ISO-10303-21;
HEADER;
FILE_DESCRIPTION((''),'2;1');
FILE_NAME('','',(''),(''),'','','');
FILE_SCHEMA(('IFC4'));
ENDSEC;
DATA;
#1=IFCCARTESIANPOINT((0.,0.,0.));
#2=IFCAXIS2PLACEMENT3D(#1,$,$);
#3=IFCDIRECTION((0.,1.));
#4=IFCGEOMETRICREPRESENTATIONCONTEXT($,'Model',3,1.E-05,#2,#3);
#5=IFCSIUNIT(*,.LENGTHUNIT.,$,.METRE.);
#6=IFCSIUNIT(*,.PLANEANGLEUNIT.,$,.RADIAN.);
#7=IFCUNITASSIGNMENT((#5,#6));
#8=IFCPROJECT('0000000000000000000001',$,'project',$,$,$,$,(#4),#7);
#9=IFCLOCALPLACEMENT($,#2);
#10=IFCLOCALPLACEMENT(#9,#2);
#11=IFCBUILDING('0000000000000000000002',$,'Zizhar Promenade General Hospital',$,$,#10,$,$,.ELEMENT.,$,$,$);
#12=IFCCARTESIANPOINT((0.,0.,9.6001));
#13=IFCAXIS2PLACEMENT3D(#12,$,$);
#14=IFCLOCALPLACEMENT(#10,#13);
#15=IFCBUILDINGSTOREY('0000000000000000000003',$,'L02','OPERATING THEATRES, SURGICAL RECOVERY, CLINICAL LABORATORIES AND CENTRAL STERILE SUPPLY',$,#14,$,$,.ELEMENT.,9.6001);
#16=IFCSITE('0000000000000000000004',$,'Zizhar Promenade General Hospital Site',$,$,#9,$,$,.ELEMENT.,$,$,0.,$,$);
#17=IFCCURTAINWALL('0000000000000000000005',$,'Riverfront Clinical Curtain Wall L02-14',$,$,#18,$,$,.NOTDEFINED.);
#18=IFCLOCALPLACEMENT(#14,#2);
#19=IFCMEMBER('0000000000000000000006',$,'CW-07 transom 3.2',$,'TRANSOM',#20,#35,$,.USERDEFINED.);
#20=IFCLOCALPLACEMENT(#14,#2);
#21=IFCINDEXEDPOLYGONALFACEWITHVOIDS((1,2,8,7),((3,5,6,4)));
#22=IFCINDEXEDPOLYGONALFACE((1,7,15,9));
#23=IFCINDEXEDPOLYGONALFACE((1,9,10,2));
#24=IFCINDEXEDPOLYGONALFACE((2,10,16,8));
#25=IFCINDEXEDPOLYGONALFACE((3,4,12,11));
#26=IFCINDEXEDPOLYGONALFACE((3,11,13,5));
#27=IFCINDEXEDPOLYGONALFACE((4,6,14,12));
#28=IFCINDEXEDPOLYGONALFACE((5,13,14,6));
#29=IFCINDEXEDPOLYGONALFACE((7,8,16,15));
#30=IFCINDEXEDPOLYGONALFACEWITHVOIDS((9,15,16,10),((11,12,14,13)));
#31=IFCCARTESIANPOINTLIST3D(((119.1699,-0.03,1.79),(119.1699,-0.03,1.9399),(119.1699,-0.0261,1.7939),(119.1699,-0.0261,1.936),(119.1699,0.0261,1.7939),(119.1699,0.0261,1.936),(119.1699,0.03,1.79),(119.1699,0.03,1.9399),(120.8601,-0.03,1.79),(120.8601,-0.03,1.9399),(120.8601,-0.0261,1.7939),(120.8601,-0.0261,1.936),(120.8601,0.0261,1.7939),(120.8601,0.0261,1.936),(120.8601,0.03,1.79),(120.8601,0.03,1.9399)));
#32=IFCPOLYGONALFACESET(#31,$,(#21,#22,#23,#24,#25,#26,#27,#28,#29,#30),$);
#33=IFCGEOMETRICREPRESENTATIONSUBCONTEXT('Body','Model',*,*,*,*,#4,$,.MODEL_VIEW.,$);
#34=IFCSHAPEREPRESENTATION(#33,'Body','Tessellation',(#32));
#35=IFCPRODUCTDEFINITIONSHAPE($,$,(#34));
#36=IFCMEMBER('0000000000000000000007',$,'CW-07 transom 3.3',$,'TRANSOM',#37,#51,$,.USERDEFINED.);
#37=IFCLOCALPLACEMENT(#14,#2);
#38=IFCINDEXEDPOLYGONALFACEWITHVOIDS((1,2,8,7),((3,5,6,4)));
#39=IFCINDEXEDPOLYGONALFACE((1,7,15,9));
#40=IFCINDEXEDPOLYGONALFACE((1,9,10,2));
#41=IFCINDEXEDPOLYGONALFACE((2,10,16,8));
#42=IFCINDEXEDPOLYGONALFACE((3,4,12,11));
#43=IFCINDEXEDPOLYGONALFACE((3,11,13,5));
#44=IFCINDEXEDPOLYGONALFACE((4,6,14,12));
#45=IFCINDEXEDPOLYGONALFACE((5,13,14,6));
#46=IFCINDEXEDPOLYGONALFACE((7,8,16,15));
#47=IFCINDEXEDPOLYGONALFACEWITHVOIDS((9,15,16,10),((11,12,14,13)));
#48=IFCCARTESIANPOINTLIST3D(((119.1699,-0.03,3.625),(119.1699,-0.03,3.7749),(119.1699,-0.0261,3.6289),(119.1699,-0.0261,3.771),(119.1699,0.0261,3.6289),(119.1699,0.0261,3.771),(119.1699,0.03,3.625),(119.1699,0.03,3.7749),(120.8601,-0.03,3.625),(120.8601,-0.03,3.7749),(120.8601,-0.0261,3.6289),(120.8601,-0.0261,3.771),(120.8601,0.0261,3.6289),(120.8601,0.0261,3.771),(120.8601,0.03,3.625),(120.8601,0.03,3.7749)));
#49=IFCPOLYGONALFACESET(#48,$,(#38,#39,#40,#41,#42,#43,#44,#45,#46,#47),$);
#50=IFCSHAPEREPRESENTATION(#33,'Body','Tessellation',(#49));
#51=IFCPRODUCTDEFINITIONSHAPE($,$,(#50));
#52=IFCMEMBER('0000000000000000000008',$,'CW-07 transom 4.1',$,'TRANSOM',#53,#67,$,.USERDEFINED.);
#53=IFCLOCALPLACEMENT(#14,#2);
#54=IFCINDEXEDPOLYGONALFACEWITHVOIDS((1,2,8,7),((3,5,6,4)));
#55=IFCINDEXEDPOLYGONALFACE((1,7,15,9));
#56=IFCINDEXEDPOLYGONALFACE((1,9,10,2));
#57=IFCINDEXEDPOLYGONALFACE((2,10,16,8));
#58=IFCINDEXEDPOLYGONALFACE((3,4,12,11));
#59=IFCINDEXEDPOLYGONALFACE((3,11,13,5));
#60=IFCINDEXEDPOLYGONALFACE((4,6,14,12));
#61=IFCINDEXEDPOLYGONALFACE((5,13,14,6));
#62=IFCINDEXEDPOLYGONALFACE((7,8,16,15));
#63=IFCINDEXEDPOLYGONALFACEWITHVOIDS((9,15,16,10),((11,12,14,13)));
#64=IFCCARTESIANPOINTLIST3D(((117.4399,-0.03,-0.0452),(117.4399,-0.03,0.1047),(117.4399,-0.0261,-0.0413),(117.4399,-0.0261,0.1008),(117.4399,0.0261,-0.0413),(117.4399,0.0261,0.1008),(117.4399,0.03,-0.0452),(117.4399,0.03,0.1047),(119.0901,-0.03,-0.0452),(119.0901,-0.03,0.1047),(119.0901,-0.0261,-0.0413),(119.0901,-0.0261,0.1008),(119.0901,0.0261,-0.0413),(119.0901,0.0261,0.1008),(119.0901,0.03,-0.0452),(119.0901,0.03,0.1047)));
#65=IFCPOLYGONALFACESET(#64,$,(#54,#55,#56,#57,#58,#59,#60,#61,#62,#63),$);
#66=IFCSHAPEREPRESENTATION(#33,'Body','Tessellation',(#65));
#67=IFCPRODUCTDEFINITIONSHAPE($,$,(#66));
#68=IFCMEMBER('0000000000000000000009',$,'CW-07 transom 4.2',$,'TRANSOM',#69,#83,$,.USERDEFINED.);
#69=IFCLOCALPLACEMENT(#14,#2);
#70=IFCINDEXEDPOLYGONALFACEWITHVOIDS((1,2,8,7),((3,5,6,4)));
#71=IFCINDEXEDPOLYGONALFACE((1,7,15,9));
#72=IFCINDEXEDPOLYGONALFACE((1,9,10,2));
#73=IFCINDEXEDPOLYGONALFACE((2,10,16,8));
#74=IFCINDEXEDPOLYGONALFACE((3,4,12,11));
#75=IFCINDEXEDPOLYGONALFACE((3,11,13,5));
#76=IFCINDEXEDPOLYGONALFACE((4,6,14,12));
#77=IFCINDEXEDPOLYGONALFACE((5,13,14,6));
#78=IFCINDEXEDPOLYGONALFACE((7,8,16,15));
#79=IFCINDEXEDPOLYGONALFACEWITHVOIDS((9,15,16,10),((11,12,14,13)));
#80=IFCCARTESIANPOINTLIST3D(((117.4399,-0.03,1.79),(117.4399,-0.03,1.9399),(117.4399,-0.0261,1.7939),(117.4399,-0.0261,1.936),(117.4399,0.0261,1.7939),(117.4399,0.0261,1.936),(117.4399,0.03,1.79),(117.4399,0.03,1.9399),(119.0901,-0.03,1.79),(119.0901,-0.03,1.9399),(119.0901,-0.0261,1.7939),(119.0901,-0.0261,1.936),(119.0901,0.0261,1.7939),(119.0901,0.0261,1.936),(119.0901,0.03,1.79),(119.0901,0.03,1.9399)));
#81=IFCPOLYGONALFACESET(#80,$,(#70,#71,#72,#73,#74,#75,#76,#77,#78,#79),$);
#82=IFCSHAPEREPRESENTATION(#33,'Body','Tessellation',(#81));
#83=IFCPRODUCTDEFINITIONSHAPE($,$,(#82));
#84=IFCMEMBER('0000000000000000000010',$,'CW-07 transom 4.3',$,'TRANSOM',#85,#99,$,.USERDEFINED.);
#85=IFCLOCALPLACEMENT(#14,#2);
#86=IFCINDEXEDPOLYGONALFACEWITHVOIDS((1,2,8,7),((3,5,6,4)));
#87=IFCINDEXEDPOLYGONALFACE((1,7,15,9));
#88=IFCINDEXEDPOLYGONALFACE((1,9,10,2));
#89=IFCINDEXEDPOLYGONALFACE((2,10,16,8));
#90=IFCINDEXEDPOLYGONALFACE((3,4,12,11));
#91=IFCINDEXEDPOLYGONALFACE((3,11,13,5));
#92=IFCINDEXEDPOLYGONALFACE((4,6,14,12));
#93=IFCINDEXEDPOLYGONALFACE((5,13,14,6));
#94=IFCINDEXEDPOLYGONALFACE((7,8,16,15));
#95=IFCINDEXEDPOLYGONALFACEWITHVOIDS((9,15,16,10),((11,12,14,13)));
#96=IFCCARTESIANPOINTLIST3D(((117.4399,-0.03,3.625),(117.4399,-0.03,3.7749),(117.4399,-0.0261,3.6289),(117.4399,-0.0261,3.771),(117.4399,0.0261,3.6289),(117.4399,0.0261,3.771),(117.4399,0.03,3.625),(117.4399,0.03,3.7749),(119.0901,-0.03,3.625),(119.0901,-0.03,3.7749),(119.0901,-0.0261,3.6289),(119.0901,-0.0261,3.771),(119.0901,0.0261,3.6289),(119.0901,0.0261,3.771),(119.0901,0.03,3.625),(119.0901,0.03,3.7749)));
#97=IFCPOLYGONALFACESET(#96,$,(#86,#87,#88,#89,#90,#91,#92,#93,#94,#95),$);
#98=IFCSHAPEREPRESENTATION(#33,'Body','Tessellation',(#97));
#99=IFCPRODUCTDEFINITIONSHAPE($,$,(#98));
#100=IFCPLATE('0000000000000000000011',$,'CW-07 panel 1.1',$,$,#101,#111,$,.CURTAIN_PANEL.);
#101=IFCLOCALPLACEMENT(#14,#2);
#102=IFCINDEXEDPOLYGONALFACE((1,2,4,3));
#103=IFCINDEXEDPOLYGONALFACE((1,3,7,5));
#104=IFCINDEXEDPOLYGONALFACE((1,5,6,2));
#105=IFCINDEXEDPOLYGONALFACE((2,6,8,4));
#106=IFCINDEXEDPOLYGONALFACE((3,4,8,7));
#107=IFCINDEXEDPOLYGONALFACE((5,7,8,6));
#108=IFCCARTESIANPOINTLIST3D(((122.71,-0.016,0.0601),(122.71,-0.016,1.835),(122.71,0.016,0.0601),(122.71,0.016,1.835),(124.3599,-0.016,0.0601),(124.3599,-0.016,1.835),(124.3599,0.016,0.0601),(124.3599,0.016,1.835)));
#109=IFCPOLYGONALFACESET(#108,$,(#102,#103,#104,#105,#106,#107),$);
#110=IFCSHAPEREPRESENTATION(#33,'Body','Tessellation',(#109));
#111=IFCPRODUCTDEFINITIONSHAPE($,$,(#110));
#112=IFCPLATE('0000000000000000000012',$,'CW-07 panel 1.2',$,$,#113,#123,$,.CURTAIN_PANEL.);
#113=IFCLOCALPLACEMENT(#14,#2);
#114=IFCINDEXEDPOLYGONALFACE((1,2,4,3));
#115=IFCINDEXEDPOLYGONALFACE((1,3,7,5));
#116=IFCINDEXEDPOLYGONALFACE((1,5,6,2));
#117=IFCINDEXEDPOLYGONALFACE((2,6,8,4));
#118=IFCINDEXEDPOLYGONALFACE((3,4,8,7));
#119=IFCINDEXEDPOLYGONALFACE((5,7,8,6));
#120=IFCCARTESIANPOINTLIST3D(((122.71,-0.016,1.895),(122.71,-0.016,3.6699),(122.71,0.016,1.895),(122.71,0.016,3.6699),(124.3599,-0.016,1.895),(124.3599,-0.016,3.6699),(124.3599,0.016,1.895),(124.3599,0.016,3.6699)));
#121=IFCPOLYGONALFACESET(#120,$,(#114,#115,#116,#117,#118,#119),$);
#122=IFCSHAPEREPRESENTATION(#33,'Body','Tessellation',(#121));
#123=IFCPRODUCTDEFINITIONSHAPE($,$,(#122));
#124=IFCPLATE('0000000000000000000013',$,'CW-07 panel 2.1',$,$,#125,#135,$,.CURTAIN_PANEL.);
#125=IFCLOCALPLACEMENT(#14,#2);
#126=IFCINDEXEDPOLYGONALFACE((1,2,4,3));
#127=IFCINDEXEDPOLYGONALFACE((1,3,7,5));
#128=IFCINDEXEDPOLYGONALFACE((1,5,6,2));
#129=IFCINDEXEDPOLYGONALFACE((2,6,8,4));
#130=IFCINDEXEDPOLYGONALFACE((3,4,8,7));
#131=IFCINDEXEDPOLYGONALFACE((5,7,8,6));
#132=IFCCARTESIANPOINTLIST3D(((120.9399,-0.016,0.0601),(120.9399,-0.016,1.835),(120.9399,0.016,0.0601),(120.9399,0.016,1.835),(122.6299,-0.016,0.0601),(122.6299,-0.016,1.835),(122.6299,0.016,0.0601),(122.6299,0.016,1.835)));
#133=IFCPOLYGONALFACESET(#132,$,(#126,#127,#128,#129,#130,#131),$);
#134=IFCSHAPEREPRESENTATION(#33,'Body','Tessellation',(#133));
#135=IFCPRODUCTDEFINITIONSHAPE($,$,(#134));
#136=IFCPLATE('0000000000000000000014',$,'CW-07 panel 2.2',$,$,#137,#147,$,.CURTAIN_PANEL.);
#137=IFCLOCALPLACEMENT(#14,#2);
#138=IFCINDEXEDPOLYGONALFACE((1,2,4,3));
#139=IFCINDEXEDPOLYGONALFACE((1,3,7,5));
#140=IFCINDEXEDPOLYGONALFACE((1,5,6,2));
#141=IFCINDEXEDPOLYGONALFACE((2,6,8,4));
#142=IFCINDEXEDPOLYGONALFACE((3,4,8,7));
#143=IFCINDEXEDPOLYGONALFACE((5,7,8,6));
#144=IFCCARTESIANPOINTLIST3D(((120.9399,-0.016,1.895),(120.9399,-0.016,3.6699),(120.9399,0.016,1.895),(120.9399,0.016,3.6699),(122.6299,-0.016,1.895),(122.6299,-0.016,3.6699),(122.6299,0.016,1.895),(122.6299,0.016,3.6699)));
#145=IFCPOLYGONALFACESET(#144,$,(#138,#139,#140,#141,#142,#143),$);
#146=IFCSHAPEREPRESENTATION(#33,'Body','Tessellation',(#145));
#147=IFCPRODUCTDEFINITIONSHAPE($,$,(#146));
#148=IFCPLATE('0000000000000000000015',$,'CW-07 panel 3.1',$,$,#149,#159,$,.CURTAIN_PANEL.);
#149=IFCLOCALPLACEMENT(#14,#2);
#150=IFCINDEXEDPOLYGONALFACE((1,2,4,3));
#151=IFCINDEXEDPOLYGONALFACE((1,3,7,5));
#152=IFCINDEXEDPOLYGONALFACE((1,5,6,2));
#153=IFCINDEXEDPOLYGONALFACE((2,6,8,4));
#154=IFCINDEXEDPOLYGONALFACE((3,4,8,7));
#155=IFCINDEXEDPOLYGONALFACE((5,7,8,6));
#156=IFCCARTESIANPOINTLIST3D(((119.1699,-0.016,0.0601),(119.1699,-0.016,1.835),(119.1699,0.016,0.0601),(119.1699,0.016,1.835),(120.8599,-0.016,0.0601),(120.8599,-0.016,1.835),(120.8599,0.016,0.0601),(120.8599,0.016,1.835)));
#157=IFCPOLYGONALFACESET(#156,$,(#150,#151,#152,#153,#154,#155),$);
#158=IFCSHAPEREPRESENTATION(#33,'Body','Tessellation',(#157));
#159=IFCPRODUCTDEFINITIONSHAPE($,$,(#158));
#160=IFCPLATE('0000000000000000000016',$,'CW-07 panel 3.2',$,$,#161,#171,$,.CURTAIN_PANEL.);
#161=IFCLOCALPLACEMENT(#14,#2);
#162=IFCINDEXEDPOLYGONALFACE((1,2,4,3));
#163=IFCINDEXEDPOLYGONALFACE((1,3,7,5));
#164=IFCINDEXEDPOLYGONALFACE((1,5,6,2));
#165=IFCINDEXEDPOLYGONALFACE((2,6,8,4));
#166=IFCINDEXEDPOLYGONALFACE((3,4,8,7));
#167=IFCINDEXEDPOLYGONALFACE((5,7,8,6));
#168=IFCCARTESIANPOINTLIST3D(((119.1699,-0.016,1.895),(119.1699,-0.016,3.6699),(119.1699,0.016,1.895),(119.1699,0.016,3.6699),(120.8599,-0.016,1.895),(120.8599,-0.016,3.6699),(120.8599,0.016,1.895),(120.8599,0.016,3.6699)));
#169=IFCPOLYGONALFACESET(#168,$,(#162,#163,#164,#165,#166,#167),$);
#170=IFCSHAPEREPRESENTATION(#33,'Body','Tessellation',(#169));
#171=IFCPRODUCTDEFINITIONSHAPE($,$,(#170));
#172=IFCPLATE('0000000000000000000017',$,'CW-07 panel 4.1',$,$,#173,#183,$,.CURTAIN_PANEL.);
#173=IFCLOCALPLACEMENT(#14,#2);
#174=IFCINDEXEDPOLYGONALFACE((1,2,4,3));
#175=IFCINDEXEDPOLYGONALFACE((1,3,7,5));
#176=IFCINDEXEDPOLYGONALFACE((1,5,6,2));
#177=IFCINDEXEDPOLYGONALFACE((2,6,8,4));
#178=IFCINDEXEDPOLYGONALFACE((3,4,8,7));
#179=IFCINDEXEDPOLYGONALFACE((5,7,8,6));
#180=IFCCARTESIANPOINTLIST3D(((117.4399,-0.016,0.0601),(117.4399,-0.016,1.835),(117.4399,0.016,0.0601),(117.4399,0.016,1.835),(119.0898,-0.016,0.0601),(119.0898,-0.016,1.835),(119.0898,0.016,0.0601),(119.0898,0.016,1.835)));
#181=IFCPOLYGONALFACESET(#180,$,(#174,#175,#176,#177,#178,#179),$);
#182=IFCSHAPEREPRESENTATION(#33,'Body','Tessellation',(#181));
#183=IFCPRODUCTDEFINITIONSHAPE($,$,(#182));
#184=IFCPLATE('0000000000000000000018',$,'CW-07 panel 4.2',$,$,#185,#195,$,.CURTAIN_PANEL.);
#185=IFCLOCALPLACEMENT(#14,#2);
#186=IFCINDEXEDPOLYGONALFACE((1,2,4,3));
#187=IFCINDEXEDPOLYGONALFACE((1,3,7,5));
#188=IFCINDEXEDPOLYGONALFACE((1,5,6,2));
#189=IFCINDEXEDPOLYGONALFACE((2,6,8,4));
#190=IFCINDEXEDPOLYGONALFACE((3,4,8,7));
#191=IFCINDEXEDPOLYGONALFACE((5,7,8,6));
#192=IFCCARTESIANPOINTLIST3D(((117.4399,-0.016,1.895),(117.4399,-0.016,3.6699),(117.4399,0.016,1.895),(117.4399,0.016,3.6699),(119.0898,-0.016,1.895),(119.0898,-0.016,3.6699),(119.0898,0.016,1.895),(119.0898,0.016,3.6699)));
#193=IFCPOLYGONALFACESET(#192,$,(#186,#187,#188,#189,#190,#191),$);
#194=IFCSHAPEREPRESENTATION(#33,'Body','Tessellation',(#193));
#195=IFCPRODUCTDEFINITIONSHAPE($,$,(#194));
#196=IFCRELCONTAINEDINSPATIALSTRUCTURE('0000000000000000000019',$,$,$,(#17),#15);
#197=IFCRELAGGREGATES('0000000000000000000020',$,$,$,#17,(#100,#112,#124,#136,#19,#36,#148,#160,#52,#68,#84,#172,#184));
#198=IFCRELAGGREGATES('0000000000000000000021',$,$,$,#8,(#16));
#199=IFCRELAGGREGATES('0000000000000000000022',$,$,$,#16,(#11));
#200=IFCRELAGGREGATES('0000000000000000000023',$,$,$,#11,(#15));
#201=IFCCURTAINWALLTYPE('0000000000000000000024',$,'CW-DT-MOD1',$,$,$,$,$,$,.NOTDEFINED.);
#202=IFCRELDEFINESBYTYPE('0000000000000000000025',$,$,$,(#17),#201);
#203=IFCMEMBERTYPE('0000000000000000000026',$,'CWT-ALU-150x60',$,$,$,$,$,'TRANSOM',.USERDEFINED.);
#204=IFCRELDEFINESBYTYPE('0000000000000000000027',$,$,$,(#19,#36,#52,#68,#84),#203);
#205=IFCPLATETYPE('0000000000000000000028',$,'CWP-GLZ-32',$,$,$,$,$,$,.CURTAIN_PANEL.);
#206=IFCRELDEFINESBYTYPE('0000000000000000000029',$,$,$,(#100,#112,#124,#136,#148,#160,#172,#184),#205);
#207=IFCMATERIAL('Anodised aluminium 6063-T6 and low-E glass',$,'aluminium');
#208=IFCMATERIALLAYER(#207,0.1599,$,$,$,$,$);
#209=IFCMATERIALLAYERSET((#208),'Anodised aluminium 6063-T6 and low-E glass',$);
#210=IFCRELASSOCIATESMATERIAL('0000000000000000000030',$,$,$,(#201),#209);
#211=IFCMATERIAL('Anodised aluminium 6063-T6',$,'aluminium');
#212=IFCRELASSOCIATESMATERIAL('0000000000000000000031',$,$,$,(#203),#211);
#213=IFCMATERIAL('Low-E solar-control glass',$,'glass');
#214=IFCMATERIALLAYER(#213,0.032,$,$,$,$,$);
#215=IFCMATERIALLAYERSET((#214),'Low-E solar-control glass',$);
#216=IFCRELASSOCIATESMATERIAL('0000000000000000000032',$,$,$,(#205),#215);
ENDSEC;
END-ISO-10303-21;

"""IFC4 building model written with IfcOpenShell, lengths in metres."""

from ifc_helpers import new_model, si_unit, direction, frame, origin, origin_2d, place, context, subcontext, project, spatial, rectangle, hollow_rectangle, extrude, material, layer, layer_set, material_profile, profile_set, type_object, element, aggregate, save


model = new_model("IFC4")

# Units and contexts
model_context = context("Model", 3, precision=1e-05, world=origin(), true_north=direction((0.0, 1.0)))
body_context = subcontext(model_context, "Body", "Model", "MODEL_VIEW")
ifc_project = project(units=[si_unit("LENGTHUNIT", "METRE"), si_unit("PLANEANGLEUNIT", "RADIAN")], contexts=[model_context])

# Site, building, storey
site_placement = place(None, origin())
site = spatial("IfcSite", under=ifc_project, at=site_placement, Name="Zizhar Promenade General Hospital Site", CompositionType="ELEMENT", RefElevation=0.0)
building_placement = place(site_placement, origin())
building = spatial("IfcBuilding", under=site, at=building_placement, Name="Zizhar Promenade General Hospital", CompositionType="ELEMENT")
storey_placement = place(building_placement, frame((0.0, 0.0, 9.6001)))
storey = spatial("IfcBuildingStorey", under=building, at=storey_placement, Name="L02", Description="OPERATING THEATRES, SURGICAL RECOVERY, CLINICAL LABORATORIES AND CENTRAL STERILE SUPPLY", CompositionType="ELEMENT", Elevation=9.6001)

# Curtain wall, members, plates
ifc_material_1 = material(Name="Anodised aluminium 6063-T6 and low-E glass", Category="aluminium")
ifc_layer_1 = layer(ifc_material_1, 0.1599)
ifc_layer_set_1 = layer_set([ifc_layer_1], Name="Anodised aluminium 6063-T6 and low-E glass")
curtain_wall_type = type_object("IfcCurtainWallType", Name="CW-DT-MOD1", PredefinedType="NOTDEFINED", material=ifc_layer_set_1)
curtain_wall_placement = place(storey_placement, origin())
curtain_wall = element("IfcCurtainWall", 1, at=curtain_wall_placement, inside=storey, type_object=curtain_wall_type, Name="Riverfront Clinical Curtain Wall L02-14", PredefinedType="NOTDEFINED")
ifc_material_2 = material(Name="Anodised aluminium 6063-T6", Category="aluminium")
ifc_material_profile_1 = material_profile(ifc_material_2, hollow_rectangle(XDim=0.0601, YDim=0.1499, WallThickness=0.0039, at=origin_2d()))
ifc_profile_set_1 = profile_set([ifc_material_profile_1], Name="Anodised aluminium 6063-T6")
member_type_1 = type_object("IfcMemberType", Name="CWT-ALU-150x60", ElementType="TRANSOM", PredefinedType="USERDEFINED", material=ifc_profile_set_1)
member_1_placement = place(storey_placement, frame((120.8601, 0.0, 1.865), z_axis=(-1.0, 0.0, 0.0), x_axis=(0.0, -1.0, 0.0)))
member_1 = element("IfcMember", 2, at=member_1_placement, type_object=member_type_1, Name="CW-07 transom 3.2", ObjectType="TRANSOM", PredefinedType="USERDEFINED", context=body_context, shape_type="SweptSolid", body=[
    extrude(hollow_rectangle(XDim=0.0601, YDim=0.1499, WallThickness=0.0039, at=origin_2d()), origin(), (0.0, 0.0, 1.0), 1.6902),
])
member_2_placement = place(storey_placement, frame((120.8601, 0.0, 3.7), z_axis=(-1.0, 0.0, 0.0), x_axis=(0.0, -1.0, 0.0)))
member_2 = element("IfcMember", 3, at=member_2_placement, type_object=member_type_1, Name="CW-07 transom 3.3", ObjectType="TRANSOM", PredefinedType="USERDEFINED", context=body_context, shape_type="SweptSolid", body=[
    extrude(hollow_rectangle(XDim=0.0601, YDim=0.1499, WallThickness=0.0039, at=origin_2d()), origin(), (0.0, 0.0, 1.0), 1.6902),
])
member_3_placement = place(storey_placement, frame((119.0901, 0.0, 0.0298), z_axis=(-1.0, 0.0, 0.0), x_axis=(0.0, -1.0, 0.0)))
member_3 = element("IfcMember", 4, at=member_3_placement, type_object=member_type_1, Name="CW-07 transom 4.1", ObjectType="TRANSOM", PredefinedType="USERDEFINED", context=body_context, shape_type="SweptSolid", body=[
    extrude(hollow_rectangle(XDim=0.0601, YDim=0.1499, WallThickness=0.0039, at=origin_2d()), origin(), (0.0, 0.0, 1.0), 1.6501),
])
member_4_placement = place(storey_placement, frame((119.0901, 0.0, 1.865), z_axis=(-1.0, 0.0, 0.0), x_axis=(0.0, -1.0, 0.0)))
member_4 = element("IfcMember", 5, at=member_4_placement, type_object=member_type_1, Name="CW-07 transom 4.2", ObjectType="TRANSOM", PredefinedType="USERDEFINED", context=body_context, shape_type="SweptSolid", body=[
    extrude(hollow_rectangle(XDim=0.0601, YDim=0.1499, WallThickness=0.0039, at=origin_2d()), origin(), (0.0, 0.0, 1.0), 1.6501),
])
member_5_placement = place(storey_placement, frame((119.0901, 0.0, 3.7), z_axis=(-1.0, 0.0, 0.0), x_axis=(0.0, -1.0, 0.0)))
member_5 = element("IfcMember", 6, at=member_5_placement, type_object=member_type_1, Name="CW-07 transom 4.3", ObjectType="TRANSOM", PredefinedType="USERDEFINED", context=body_context, shape_type="SweptSolid", body=[
    extrude(hollow_rectangle(XDim=0.0601, YDim=0.1499, WallThickness=0.0039, at=origin_2d()), origin(), (0.0, 0.0, 1.0), 1.6501),
])
ifc_material_3 = material(Name="Low-E solar-control glass", Category="glass")
ifc_layer_2 = layer(ifc_material_3, 0.032)
ifc_layer_set_2 = layer_set([ifc_layer_2], Name="Low-E solar-control glass")
plate_type = type_object("IfcPlateType", Name="CWP-GLZ-32", PredefinedType="CURTAIN_PANEL", material=ifc_layer_set_2)
plate_1_placement = place(storey_placement, frame((123.5349, 0.0, 0.0601), z_axis=(0.0, 0.0, 1.0), x_axis=(-1.0, 0.0, 0.0)))
plate_1 = element("IfcPlate", 7, at=plate_1_placement, type_object=plate_type, Name="CW-07 panel 1.1", PredefinedType="CURTAIN_PANEL", context=body_context, shape_type="SweptSolid", body=[
    extrude(rectangle(XDim=1.6499, YDim=0.032, at=origin_2d()), origin(), (0.0, 0.0, 1.0), 1.7749),
])
plate_2_placement = place(storey_placement, frame((123.5349, 0.0, 1.895), z_axis=(0.0, 0.0, 1.0), x_axis=(-1.0, 0.0, 0.0)))
plate_2 = element("IfcPlate", 8, at=plate_2_placement, type_object=plate_type, Name="CW-07 panel 1.2", PredefinedType="CURTAIN_PANEL", context=body_context, shape_type="SweptSolid", body=[
    extrude(rectangle(XDim=1.6499, YDim=0.032, at=origin_2d()), origin(), (0.0, 0.0, 1.0), 1.7749),
])
plate_3_placement = place(storey_placement, frame((121.7849, 0.0, 0.0601), z_axis=(0.0, 0.0, 1.0), x_axis=(-1.0, 0.0, 0.0)))
plate_3 = element("IfcPlate", 9, at=plate_3_placement, type_object=plate_type, Name="CW-07 panel 2.1", PredefinedType="CURTAIN_PANEL", context=body_context, shape_type="SweptSolid", body=[
    extrude(rectangle(XDim=1.6899, YDim=0.032, at=origin_2d()), origin(), (0.0, 0.0, 1.0), 1.7749),
])
plate_4_placement = place(storey_placement, frame((121.7849, 0.0, 1.895), z_axis=(0.0, 0.0, 1.0), x_axis=(-1.0, 0.0, 0.0)))
plate_4 = element("IfcPlate", 10, at=plate_4_placement, type_object=plate_type, Name="CW-07 panel 2.2", PredefinedType="CURTAIN_PANEL", context=body_context, shape_type="SweptSolid", body=[
    extrude(rectangle(XDim=1.6899, YDim=0.032, at=origin_2d()), origin(), (0.0, 0.0, 1.0), 1.7749),
])
plate_5_placement = place(storey_placement, frame((120.0149, 0.0, 0.0601), z_axis=(0.0, 0.0, 1.0), x_axis=(-1.0, 0.0, 0.0)))
plate_5 = element("IfcPlate", 11, at=plate_5_placement, type_object=plate_type, Name="CW-07 panel 3.1", PredefinedType="CURTAIN_PANEL", context=body_context, shape_type="SweptSolid", body=[
    extrude(rectangle(XDim=1.6899, YDim=0.032, at=origin_2d()), origin(), (0.0, 0.0, 1.0), 1.7749),
])
plate_6_placement = place(storey_placement, frame((120.0149, 0.0, 1.895), z_axis=(0.0, 0.0, 1.0), x_axis=(-1.0, 0.0, 0.0)))
plate_6 = element("IfcPlate", 12, at=plate_6_placement, type_object=plate_type, Name="CW-07 panel 3.2", PredefinedType="CURTAIN_PANEL", context=body_context, shape_type="SweptSolid", body=[
    extrude(rectangle(XDim=1.6899, YDim=0.032, at=origin_2d()), origin(), (0.0, 0.0, 1.0), 1.7749),
])
plate_7_placement = place(storey_placement, frame((118.2649, 0.0, 0.0601), z_axis=(0.0, 0.0, 1.0), x_axis=(-1.0, 0.0, 0.0)))
plate_7 = element("IfcPlate", 13, at=plate_7_placement, type_object=plate_type, Name="CW-07 panel 4.1", PredefinedType="CURTAIN_PANEL", context=body_context, shape_type="SweptSolid", body=[
    extrude(rectangle(XDim=1.6499, YDim=0.032, at=origin_2d()), origin(), (0.0, 0.0, 1.0), 1.7749),
])
plate_8_placement = place(storey_placement, frame((118.2649, 0.0, 1.895), z_axis=(0.0, 0.0, 1.0), x_axis=(-1.0, 0.0, 0.0)))
plate_8 = element("IfcPlate", 14, at=plate_8_placement, type_object=plate_type, Name="CW-07 panel 4.2", PredefinedType="CURTAIN_PANEL", context=body_context, shape_type="SweptSolid", body=[
    extrude(rectangle(XDim=1.6499, YDim=0.032, at=origin_2d()), origin(), (0.0, 0.0, 1.0), 1.7749),
])
aggregate(curtain_wall, [plate_1, plate_2, plate_3, plate_4, member_1, member_2, plate_5, plate_6, member_3, member_4, member_5, plate_7, plate_8])

save(model, "model.ifc")
